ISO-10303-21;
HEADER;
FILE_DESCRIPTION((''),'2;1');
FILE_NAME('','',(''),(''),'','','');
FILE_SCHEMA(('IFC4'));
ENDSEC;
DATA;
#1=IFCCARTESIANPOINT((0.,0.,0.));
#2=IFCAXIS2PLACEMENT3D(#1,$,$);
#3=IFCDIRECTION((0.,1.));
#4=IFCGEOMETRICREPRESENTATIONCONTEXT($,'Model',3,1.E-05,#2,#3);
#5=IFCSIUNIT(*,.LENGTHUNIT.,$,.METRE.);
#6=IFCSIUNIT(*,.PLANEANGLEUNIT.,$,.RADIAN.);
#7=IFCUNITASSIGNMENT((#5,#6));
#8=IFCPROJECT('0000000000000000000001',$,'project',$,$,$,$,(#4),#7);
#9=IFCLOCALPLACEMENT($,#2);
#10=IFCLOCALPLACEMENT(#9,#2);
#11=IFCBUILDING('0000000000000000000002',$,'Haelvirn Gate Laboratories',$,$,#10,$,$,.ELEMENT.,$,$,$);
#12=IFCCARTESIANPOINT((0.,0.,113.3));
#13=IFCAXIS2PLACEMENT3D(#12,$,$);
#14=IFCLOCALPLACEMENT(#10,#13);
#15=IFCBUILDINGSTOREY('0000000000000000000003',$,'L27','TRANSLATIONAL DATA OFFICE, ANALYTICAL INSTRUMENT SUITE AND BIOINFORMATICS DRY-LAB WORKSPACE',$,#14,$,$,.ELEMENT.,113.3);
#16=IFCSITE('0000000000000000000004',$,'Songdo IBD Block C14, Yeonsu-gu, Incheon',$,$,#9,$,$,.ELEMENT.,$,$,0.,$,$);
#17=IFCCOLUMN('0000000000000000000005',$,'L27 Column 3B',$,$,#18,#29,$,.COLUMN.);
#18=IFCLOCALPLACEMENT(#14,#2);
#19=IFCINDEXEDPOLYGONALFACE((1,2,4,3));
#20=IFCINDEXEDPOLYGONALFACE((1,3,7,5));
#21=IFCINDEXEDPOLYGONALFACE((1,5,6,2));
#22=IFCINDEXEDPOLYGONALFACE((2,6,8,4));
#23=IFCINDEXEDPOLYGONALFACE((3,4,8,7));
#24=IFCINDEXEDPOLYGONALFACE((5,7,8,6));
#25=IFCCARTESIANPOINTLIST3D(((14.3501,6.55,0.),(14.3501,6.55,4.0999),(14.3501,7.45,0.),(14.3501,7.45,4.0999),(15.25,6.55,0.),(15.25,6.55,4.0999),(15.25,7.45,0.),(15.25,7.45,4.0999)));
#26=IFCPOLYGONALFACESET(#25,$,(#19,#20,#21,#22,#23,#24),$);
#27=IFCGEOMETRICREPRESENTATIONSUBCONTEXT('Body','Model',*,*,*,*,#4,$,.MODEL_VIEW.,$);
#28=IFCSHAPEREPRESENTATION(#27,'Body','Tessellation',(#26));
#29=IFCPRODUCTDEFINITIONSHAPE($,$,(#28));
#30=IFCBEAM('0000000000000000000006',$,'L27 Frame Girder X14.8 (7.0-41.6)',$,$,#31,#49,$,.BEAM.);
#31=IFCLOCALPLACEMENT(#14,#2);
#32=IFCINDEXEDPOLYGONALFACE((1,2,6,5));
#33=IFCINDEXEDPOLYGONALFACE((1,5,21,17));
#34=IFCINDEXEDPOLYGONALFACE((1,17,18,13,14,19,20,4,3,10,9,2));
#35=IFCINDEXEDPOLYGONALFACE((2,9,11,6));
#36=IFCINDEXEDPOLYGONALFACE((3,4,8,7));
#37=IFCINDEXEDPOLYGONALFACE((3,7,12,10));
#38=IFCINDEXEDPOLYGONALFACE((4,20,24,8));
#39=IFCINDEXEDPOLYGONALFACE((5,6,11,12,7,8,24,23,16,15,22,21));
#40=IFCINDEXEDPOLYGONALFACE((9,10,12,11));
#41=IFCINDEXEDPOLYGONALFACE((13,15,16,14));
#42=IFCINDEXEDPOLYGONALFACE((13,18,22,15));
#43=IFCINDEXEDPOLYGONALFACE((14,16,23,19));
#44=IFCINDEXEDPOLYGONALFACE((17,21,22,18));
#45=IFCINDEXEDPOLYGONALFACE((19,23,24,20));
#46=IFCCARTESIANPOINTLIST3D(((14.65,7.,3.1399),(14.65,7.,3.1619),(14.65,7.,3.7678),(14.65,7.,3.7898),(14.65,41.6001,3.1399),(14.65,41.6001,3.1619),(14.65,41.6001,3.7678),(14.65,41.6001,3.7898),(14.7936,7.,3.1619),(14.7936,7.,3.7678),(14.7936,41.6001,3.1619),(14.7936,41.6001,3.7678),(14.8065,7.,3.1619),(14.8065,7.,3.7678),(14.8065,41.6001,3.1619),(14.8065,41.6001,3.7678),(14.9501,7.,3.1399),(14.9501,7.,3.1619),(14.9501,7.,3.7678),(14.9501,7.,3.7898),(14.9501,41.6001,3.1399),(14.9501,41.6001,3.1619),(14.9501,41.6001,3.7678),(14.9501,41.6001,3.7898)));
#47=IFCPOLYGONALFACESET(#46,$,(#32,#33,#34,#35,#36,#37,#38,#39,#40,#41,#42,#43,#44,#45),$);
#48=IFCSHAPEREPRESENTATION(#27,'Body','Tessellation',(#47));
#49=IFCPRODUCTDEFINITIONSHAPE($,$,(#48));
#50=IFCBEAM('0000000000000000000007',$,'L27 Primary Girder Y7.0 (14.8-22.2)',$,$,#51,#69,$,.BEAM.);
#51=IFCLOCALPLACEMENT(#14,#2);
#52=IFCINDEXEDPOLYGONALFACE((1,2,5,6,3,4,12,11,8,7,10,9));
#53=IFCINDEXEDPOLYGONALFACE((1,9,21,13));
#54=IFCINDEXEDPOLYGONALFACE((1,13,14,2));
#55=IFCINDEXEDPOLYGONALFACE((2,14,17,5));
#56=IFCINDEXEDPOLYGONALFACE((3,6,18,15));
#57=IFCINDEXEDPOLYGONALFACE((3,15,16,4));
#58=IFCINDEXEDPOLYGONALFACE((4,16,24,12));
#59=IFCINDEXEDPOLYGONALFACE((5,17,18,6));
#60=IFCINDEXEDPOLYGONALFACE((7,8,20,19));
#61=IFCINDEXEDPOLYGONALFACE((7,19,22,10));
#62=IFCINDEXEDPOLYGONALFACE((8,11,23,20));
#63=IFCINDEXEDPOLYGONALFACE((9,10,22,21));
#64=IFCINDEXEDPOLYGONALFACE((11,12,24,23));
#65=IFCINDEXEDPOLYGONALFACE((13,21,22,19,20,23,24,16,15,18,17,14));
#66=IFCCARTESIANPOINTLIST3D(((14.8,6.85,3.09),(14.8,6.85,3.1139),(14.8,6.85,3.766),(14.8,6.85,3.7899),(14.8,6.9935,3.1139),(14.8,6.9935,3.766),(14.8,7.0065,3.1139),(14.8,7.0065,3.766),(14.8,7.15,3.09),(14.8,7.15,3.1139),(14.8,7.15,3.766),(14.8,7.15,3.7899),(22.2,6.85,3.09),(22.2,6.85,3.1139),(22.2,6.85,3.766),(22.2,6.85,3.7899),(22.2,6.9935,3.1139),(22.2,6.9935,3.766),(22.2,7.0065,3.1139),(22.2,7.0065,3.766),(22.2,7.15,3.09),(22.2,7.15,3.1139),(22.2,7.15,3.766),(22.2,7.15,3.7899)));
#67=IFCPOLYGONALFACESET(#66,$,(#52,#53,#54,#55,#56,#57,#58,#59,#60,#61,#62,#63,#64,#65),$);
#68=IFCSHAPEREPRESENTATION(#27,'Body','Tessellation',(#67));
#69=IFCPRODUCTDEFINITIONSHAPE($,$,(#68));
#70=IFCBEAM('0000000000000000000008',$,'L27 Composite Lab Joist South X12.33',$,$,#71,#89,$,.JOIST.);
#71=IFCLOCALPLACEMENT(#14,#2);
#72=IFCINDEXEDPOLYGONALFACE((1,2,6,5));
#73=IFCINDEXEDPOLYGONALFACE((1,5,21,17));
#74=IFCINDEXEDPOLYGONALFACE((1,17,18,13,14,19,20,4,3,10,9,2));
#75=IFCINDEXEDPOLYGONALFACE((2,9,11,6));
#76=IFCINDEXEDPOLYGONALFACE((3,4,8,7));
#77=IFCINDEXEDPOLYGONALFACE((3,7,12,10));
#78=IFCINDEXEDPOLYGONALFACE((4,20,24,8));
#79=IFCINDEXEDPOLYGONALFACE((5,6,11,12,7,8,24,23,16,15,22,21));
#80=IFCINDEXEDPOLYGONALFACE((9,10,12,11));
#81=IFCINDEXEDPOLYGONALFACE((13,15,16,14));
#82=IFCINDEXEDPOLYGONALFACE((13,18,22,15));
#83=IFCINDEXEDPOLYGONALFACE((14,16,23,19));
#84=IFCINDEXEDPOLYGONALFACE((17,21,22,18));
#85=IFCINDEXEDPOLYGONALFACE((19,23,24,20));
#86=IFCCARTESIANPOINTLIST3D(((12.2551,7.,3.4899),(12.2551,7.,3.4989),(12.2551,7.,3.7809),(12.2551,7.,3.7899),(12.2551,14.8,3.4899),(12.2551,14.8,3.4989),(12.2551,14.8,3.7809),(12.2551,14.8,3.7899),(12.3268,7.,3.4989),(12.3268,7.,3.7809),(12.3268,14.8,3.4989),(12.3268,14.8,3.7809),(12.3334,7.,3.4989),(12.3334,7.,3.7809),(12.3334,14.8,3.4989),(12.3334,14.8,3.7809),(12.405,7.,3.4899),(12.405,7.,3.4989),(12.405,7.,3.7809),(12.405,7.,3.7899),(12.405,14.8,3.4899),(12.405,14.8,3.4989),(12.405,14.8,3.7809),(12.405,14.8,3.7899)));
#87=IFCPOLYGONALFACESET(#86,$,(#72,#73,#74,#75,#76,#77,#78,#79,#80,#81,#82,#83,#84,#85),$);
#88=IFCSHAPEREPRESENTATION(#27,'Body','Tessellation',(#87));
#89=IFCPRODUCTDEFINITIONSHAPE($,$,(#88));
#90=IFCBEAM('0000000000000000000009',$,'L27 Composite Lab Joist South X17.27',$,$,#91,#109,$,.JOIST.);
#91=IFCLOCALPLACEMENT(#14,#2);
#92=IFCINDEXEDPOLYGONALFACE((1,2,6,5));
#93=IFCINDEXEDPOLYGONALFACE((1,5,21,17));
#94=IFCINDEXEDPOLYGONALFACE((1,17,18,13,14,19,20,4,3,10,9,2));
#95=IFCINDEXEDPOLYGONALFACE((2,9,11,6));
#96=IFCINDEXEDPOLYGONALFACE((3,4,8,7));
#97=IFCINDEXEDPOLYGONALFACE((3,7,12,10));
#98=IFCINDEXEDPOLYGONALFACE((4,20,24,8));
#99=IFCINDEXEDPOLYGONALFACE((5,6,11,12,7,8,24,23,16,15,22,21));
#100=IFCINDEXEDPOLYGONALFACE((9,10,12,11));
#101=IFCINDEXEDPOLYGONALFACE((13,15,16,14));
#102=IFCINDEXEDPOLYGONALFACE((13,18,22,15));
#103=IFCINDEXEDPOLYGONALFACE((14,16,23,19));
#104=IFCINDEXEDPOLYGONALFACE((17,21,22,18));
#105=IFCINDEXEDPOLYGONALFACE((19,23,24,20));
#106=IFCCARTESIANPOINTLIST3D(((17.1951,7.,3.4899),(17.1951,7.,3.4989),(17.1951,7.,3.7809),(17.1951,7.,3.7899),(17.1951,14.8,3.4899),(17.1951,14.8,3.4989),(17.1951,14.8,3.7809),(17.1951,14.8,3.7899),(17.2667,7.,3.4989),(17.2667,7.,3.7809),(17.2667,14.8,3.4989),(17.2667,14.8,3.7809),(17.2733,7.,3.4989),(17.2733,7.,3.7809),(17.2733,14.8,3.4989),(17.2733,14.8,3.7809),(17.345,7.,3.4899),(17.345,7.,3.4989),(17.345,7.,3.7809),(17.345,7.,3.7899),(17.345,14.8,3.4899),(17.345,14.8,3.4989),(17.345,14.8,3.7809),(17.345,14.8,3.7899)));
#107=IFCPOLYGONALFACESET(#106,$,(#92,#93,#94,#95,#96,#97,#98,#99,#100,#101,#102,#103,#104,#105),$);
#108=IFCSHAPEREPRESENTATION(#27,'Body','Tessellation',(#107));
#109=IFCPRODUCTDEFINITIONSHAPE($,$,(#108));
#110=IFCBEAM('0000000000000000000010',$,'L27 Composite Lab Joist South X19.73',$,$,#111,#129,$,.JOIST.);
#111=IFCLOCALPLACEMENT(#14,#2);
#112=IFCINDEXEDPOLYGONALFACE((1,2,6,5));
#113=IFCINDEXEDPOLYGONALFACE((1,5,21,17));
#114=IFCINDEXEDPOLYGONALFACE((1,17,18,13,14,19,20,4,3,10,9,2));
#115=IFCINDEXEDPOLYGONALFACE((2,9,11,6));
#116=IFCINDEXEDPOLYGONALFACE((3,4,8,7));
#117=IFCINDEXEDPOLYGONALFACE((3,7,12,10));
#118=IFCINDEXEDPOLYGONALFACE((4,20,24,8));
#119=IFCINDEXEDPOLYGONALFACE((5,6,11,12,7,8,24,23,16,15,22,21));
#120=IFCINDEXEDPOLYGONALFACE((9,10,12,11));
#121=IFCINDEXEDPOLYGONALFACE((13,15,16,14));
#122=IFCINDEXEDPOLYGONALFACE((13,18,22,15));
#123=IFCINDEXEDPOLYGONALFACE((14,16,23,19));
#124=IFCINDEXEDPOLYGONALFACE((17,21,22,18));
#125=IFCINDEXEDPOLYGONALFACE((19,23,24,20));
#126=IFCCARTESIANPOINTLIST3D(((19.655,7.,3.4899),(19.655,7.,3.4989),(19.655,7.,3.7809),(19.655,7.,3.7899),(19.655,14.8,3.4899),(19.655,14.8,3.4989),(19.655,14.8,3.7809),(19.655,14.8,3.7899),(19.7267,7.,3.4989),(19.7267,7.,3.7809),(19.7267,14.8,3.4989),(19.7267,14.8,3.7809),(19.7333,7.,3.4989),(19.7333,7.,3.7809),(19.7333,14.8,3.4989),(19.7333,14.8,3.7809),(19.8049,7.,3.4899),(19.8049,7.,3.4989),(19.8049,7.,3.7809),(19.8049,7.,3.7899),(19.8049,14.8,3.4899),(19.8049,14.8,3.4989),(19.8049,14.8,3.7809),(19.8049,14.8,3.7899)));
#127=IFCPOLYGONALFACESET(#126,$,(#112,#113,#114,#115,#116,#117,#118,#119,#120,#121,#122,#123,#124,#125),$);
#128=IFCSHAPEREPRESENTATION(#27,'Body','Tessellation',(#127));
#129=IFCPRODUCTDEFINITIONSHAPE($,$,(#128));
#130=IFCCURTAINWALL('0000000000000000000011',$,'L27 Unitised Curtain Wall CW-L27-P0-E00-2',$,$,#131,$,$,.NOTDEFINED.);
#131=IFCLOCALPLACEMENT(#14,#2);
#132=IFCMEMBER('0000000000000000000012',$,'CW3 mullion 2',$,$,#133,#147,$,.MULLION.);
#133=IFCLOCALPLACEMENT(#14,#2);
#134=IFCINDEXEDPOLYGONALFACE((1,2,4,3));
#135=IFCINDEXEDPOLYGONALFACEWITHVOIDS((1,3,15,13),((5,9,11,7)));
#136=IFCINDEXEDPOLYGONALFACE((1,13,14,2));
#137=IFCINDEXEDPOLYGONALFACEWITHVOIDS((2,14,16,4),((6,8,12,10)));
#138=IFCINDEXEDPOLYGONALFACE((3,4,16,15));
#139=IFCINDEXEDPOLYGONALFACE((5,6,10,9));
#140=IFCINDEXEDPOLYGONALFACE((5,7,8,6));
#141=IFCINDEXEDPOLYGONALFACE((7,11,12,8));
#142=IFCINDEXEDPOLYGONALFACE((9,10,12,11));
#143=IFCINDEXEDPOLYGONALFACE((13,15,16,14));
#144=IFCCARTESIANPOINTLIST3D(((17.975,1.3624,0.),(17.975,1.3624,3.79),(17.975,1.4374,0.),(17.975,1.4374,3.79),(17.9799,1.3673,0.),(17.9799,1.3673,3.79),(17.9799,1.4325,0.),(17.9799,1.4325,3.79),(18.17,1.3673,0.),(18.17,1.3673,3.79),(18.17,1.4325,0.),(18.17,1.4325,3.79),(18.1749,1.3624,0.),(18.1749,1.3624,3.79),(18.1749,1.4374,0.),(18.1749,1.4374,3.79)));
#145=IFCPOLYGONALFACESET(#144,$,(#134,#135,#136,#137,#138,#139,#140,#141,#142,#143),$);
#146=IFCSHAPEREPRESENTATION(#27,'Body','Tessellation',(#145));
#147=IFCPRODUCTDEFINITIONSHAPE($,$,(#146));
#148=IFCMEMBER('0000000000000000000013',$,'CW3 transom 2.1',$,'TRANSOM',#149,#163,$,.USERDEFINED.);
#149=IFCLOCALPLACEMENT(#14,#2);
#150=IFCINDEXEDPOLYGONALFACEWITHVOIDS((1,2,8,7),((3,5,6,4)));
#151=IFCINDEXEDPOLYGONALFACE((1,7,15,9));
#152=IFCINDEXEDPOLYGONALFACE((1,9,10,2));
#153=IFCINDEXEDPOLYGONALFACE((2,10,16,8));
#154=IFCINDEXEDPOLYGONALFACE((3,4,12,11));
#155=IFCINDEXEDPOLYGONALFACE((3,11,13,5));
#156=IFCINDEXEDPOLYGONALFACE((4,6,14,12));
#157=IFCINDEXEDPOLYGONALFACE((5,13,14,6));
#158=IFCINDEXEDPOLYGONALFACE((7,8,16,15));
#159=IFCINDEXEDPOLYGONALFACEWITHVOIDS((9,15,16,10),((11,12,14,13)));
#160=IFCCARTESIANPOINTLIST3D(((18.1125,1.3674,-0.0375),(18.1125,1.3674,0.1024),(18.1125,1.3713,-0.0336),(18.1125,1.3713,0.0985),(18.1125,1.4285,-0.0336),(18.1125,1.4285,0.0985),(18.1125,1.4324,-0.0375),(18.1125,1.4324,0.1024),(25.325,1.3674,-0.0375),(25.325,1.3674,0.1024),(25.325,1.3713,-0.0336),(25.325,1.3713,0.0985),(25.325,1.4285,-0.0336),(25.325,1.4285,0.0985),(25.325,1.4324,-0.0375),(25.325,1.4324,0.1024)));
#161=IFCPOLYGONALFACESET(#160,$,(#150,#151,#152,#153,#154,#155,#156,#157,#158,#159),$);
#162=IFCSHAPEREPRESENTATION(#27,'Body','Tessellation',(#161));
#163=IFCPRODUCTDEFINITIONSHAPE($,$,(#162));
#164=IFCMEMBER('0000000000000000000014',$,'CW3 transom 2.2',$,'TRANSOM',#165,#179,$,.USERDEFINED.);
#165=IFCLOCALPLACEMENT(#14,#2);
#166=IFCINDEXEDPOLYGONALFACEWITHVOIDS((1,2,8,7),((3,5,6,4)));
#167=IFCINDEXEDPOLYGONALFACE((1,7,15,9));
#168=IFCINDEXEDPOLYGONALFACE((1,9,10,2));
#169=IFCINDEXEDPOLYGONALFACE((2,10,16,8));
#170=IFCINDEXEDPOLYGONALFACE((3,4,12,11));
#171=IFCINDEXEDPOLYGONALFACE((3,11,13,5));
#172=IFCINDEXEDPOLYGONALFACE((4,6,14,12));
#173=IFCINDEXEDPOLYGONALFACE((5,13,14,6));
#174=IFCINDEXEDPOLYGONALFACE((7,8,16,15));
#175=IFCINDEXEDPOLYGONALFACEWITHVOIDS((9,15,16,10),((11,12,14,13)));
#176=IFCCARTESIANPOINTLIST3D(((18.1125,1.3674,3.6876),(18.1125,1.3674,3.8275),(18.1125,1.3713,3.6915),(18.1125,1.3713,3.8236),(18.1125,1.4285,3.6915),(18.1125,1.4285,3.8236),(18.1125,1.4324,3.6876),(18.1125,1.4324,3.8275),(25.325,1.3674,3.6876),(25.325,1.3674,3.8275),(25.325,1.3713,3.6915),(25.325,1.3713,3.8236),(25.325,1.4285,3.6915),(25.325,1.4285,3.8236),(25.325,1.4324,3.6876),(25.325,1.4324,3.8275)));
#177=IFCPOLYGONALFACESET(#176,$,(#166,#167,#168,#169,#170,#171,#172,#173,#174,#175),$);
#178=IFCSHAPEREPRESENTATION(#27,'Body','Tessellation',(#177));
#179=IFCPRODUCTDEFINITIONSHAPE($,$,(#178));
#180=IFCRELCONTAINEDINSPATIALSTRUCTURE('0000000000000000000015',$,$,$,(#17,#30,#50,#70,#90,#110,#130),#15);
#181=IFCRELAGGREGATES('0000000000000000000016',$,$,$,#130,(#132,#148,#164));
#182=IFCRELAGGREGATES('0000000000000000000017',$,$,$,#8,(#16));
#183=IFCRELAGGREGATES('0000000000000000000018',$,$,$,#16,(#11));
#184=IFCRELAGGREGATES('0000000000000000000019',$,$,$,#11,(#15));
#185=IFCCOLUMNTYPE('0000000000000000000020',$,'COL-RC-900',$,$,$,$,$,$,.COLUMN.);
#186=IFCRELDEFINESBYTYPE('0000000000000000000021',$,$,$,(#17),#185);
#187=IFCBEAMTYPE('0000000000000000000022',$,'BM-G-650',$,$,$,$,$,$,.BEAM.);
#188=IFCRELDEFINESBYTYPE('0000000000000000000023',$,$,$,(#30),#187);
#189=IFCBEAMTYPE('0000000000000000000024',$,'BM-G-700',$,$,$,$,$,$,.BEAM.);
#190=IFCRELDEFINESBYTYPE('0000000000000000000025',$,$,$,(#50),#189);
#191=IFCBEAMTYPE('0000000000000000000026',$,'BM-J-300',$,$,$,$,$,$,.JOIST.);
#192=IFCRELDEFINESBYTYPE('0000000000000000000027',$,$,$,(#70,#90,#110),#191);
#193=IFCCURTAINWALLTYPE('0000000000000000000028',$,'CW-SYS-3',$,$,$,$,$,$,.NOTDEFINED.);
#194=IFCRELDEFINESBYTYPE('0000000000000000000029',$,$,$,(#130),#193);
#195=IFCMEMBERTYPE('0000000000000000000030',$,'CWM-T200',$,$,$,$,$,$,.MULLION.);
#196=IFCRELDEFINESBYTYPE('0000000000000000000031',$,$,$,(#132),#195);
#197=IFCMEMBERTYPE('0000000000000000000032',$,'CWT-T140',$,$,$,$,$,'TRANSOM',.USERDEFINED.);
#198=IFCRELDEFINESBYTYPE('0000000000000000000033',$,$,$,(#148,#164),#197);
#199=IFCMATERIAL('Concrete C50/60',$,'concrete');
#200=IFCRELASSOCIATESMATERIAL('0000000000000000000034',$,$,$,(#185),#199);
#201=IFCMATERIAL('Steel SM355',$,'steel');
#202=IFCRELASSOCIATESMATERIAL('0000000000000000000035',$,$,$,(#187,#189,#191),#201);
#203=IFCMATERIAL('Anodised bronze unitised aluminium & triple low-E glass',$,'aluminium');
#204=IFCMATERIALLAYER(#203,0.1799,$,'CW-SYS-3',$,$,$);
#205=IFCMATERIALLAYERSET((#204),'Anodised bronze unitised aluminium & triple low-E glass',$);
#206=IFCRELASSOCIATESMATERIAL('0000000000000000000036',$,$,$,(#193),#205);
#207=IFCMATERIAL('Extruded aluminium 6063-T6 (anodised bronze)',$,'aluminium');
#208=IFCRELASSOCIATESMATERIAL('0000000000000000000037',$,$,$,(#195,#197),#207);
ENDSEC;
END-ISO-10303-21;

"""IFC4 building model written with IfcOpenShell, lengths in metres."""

from ifc_helpers import new_model, si_unit, direction, frame, origin, origin_2d, place, context, subcontext, project, spatial, rectangle, hollow_rectangle, i_section, extrude, source, transform, mapped, material, layer, layer_set, material_profile, profile_set, type_object, type_shapes, element, aggregate, save


model = new_model("IFC4")

# Units and contexts
model_context = context("Model", 3, precision=1e-05, world=origin(), true_north=direction((0.0, 1.0)))
body_context = subcontext(model_context, "Body", "Model", "MODEL_VIEW")
ifc_project = project(units=[si_unit("LENGTHUNIT", "METRE"), si_unit("PLANEANGLEUNIT", "RADIAN")], contexts=[model_context])

# Site, building, storey
site_placement = place(None, origin())
site = spatial("IfcSite", under=ifc_project, at=site_placement, Name="Songdo IBD Block C14, Yeonsu-gu, Incheon", CompositionType="ELEMENT", RefElevation=0.0)
building_placement = place(site_placement, origin())
building = spatial("IfcBuilding", under=site, at=building_placement, Name="Haelvirn Gate Laboratories", CompositionType="ELEMENT")
storey_placement = place(building_placement, frame((0.0, 0.0, 113.3)))
storey = spatial("IfcBuildingStorey", under=building, at=storey_placement, Name="L27", Description="TRANSLATIONAL DATA OFFICE, ANALYTICAL INSTRUMENT SUITE AND BIOINFORMATICS DRY-LAB WORKSPACE", CompositionType="ELEMENT", Elevation=113.3)

# Column
ifc_material_1 = material(Name="Concrete C50/60", Category="concrete")
ifc_material_profile_1 = material_profile(ifc_material_1, rectangle(XDim=0.8999, YDim=0.8999, at=origin_2d()), Name="RC-900x900")
ifc_profile_set_1 = profile_set([ifc_material_profile_1], Name="Concrete C50/60")
column_type = type_object("IfcColumnType", Name="COL-RC-900", PredefinedType="COLUMN", material=ifc_profile_set_1)
shared_shape_1 = source(origin(), body_context, "Body", "SweptSolid", [
    extrude(rectangle(XDim=0.8999, YDim=0.8999, at=origin_2d()), origin(), (0.0, 0.0, 1.0), 4.0999),
])
type_shapes(column_type, [shared_shape_1])
column_placement = place(storey_placement, frame((14.8, 7.0, 0.0), z_axis=(0.0, 0.0, 1.0), x_axis=(1.0, 0.0, 0.0)))
element("IfcColumn", 1, at=column_placement, inside=storey, type_object=column_type, Name="L27 Column 3B", PredefinedType="COLUMN", context=body_context, shape_type="MappedRepresentation", body=[
    mapped(shared_shape_1, transform((0.0, 0.0, 0.0), scale=1.0)),
])

# Beams
ifc_material_2 = material(Name="Steel SM355", Category="steel")
ifc_material_profile_2 = material_profile(ifc_material_2, i_section(OverallWidth=0.3, OverallDepth=0.6499, WebThickness=0.0129, FlangeThickness=0.022, at=origin_2d()), Name="H-650x300x13x22")
ifc_profile_set_2 = profile_set([ifc_material_profile_2], Name="Steel SM355")
beam_type_1 = type_object("IfcBeamType", Name="BM-G-650", PredefinedType="BEAM", material=ifc_profile_set_2)
shared_shape_2 = source(origin(), body_context, "Body", "SweptSolid", [
    extrude(i_section(OverallWidth=0.3, OverallDepth=0.6499, WebThickness=0.0129, FlangeThickness=0.022, at=origin_2d()), origin(), (0.0, 0.0, 1.0), 34.6001),
])
type_shapes(beam_type_1, [shared_shape_2])
beam_1_placement = place(storey_placement, frame((14.8, 7.0, 3.4648), z_axis=(0.0, 1.0, 0.0), x_axis=(-1.0, 0.0, 0.0)))
element("IfcBeam", 2, at=beam_1_placement, inside=storey, type_object=beam_type_1, Name="L27 Frame Girder X14.8 (7.0-41.6)", PredefinedType="BEAM", context=body_context, shape_type="MappedRepresentation", body=[
    mapped(shared_shape_2, transform((0.0, 0.0, 0.0), scale=1.0)),
])
ifc_material_profile_3 = material_profile(ifc_material_2, i_section(OverallWidth=0.3, OverallDepth=0.7, WebThickness=0.0129, FlangeThickness=0.0239, at=origin_2d()), Name="H-700x300x13x24")
ifc_profile_set_3 = profile_set([ifc_material_profile_3], Name="Steel SM355")
beam_type_2 = type_object("IfcBeamType", Name="BM-G-700", PredefinedType="BEAM", material=ifc_profile_set_3)
shared_shape_3 = source(origin(), body_context, "Body", "SweptSolid", [
    extrude(i_section(OverallWidth=0.3, OverallDepth=0.7, WebThickness=0.0129, FlangeThickness=0.0239, at=origin_2d()), origin(), (0.0, 0.0, 1.0), 7.3999),
])
type_shapes(beam_type_2, [shared_shape_3])
beam_2_placement = place(storey_placement, frame((14.8, 7.0, 3.4399), z_axis=(1.0, 0.0, 0.0), x_axis=(0.0, 1.0, 0.0)))
element("IfcBeam", 3, at=beam_2_placement, inside=storey, type_object=beam_type_2, Name="L27 Primary Girder Y7.0 (14.8-22.2)", PredefinedType="BEAM", context=body_context, shape_type="MappedRepresentation", body=[
    mapped(shared_shape_3, transform((0.0, 0.0, 0.0), scale=1.0)),
])
ifc_material_profile_4 = material_profile(ifc_material_2, i_section(OverallWidth=0.1499, OverallDepth=0.3, WebThickness=0.0066, FlangeThickness=0.009, at=origin_2d()), Name="H-300x150x6.5x9")
ifc_profile_set_4 = profile_set([ifc_material_profile_4], Name="Steel SM355")
beam_type_3 = type_object("IfcBeamType", Name="BM-J-300", PredefinedType="JOIST", material=ifc_profile_set_4)
shared_shape_4 = source(origin(), body_context, "Body", "SweptSolid", [
    extrude(i_section(OverallWidth=0.1499, OverallDepth=0.3, WebThickness=0.0066, FlangeThickness=0.009, at=origin_2d()), origin(), (0.0, 0.0, 1.0), 7.8),
])
type_shapes(beam_type_3, [shared_shape_4])
for number, where, z_axis, x_axis, name in (
    (4, (12.3301, 7.0, 3.6399), (0.0, 1.0, 0.0), (-1.0, 0.0, 0.0), "L27 Composite Lab Joist South X12.33"),
    (5, (17.27, 7.0, 3.6399), (0.0, 1.0, 0.0), (-1.0, 0.0, 0.0), "L27 Composite Lab Joist South X17.27"),
    (6, (19.73, 7.0, 3.6399), (0.0, 1.0, 0.0), (-1.0, 0.0, 0.0), "L27 Composite Lab Joist South X19.73"),
):
    element("IfcBeam", number, at=place(storey_placement, frame(where, z_axis=z_axis, x_axis=x_axis)), inside=storey, type_object=beam_type_3, Name=name, PredefinedType="JOIST", context=body_context, shape_type="MappedRepresentation", body=[
        mapped(shared_shape_4, transform((0.0, 0.0, 0.0), scale=1.0)),
    ])

# Curtain wall, members
ifc_material_3 = material(Name="Anodised bronze unitised aluminium & triple low-E glass", Category="aluminium")
ifc_layer_1 = layer(ifc_material_3, 0.1799, Name="CW-SYS-3")
ifc_layer_set_1 = layer_set([ifc_layer_1], Name="Anodised bronze unitised aluminium & triple low-E glass")
curtain_wall_type = type_object("IfcCurtainWallType", Name="CW-SYS-3", PredefinedType="NOTDEFINED", material=ifc_layer_set_1)
curtain_wall_placement = place(storey_placement, origin())
curtain_wall = element("IfcCurtainWall", 7, at=curtain_wall_placement, inside=storey, type_object=curtain_wall_type, Name="L27 Unitised Curtain Wall CW-L27-P0-E00-2", PredefinedType="NOTDEFINED")
ifc_material_4 = material(Name="Extruded aluminium 6063-T6 (anodised bronze)", Category="aluminium")
ifc_material_profile_5 = material_profile(ifc_material_4, hollow_rectangle(XDim=0.075, YDim=0.2, WallThickness=0.0049, at=origin_2d()), Name="CWM-200x75x5")
ifc_profile_set_5 = profile_set([ifc_material_profile_5], Name="Extruded aluminium 6063-T6 (anodised bronze)")
member_type_1 = type_object("IfcMemberType", Name="CWM-T200", PredefinedType="MULLION", material=ifc_profile_set_5)
shared_shape_5 = source(origin(), body_context, "Body", "SweptSolid", [
    extrude(hollow_rectangle(XDim=0.075, YDim=0.2, WallThickness=0.0049, at=origin_2d()), origin(), (0.0, 0.0, 1.0), 3.79),
])
type_shapes(member_type_1, [shared_shape_5])
member_1_placement = place(storey_placement, frame((18.075, 1.3999, 0.0), z_axis=(0.0, 0.0, 1.0), x_axis=(0.0, 1.0, 0.0)))
member_1 = element("IfcMember", 8, at=member_1_placement, type_object=member_type_1, Name="CW3 mullion 2", PredefinedType="MULLION", context=body_context, shape_type="MappedRepresentation", body=[
    mapped(shared_shape_5, transform((0.0, 0.0, 0.0), scale=1.0)),
])
ifc_material_profile_6 = material_profile(ifc_material_4, hollow_rectangle(XDim=0.0649, YDim=0.1399, WallThickness=0.0039, at=origin_2d()), Name="CWT-140x65x4")
ifc_profile_set_6 = profile_set([ifc_material_profile_6], Name="Extruded aluminium 6063-T6 (anodised bronze)")
member_type_2 = type_object("IfcMemberType", Name="CWT-T140", ElementType="TRANSOM", PredefinedType="USERDEFINED", material=ifc_profile_set_6)
shared_shape_6 = source(origin(), body_context, "Body", "SweptSolid", [
    extrude(hollow_rectangle(XDim=0.0649, YDim=0.1399, WallThickness=0.0039, at=origin_2d()), origin(), (0.0, 0.0, 1.0), 7.2124),
])
type_shapes(member_type_2, [shared_shape_6])
member_2_placement = place(storey_placement, frame((18.1125, 1.3999, 0.0325), z_axis=(1.0, 0.0, 0.0), x_axis=(0.0, 1.0, 0.0)))
member_2 = element("IfcMember", 9, at=member_2_placement, type_object=member_type_2, Name="CW3 transom 2.1", ObjectType="TRANSOM", PredefinedType="USERDEFINED", context=body_context, shape_type="MappedRepresentation", body=[
    mapped(shared_shape_6, transform((0.0, 0.0, 0.0), scale=1.0)),
])
member_3_placement = place(storey_placement, frame((18.1125, 1.3999, 3.7576), z_axis=(1.0, 0.0, 0.0), x_axis=(0.0, 1.0, 0.0)))
member_3 = element("IfcMember", 10, at=member_3_placement, type_object=member_type_2, Name="CW3 transom 2.2", ObjectType="TRANSOM", PredefinedType="USERDEFINED", context=body_context, shape_type="MappedRepresentation", body=[
    mapped(shared_shape_6, transform((0.0, 0.0, 0.0), scale=1.0)),
])
aggregate(curtain_wall, [member_1, member_2, member_3])

save(model, "model.ifc")
